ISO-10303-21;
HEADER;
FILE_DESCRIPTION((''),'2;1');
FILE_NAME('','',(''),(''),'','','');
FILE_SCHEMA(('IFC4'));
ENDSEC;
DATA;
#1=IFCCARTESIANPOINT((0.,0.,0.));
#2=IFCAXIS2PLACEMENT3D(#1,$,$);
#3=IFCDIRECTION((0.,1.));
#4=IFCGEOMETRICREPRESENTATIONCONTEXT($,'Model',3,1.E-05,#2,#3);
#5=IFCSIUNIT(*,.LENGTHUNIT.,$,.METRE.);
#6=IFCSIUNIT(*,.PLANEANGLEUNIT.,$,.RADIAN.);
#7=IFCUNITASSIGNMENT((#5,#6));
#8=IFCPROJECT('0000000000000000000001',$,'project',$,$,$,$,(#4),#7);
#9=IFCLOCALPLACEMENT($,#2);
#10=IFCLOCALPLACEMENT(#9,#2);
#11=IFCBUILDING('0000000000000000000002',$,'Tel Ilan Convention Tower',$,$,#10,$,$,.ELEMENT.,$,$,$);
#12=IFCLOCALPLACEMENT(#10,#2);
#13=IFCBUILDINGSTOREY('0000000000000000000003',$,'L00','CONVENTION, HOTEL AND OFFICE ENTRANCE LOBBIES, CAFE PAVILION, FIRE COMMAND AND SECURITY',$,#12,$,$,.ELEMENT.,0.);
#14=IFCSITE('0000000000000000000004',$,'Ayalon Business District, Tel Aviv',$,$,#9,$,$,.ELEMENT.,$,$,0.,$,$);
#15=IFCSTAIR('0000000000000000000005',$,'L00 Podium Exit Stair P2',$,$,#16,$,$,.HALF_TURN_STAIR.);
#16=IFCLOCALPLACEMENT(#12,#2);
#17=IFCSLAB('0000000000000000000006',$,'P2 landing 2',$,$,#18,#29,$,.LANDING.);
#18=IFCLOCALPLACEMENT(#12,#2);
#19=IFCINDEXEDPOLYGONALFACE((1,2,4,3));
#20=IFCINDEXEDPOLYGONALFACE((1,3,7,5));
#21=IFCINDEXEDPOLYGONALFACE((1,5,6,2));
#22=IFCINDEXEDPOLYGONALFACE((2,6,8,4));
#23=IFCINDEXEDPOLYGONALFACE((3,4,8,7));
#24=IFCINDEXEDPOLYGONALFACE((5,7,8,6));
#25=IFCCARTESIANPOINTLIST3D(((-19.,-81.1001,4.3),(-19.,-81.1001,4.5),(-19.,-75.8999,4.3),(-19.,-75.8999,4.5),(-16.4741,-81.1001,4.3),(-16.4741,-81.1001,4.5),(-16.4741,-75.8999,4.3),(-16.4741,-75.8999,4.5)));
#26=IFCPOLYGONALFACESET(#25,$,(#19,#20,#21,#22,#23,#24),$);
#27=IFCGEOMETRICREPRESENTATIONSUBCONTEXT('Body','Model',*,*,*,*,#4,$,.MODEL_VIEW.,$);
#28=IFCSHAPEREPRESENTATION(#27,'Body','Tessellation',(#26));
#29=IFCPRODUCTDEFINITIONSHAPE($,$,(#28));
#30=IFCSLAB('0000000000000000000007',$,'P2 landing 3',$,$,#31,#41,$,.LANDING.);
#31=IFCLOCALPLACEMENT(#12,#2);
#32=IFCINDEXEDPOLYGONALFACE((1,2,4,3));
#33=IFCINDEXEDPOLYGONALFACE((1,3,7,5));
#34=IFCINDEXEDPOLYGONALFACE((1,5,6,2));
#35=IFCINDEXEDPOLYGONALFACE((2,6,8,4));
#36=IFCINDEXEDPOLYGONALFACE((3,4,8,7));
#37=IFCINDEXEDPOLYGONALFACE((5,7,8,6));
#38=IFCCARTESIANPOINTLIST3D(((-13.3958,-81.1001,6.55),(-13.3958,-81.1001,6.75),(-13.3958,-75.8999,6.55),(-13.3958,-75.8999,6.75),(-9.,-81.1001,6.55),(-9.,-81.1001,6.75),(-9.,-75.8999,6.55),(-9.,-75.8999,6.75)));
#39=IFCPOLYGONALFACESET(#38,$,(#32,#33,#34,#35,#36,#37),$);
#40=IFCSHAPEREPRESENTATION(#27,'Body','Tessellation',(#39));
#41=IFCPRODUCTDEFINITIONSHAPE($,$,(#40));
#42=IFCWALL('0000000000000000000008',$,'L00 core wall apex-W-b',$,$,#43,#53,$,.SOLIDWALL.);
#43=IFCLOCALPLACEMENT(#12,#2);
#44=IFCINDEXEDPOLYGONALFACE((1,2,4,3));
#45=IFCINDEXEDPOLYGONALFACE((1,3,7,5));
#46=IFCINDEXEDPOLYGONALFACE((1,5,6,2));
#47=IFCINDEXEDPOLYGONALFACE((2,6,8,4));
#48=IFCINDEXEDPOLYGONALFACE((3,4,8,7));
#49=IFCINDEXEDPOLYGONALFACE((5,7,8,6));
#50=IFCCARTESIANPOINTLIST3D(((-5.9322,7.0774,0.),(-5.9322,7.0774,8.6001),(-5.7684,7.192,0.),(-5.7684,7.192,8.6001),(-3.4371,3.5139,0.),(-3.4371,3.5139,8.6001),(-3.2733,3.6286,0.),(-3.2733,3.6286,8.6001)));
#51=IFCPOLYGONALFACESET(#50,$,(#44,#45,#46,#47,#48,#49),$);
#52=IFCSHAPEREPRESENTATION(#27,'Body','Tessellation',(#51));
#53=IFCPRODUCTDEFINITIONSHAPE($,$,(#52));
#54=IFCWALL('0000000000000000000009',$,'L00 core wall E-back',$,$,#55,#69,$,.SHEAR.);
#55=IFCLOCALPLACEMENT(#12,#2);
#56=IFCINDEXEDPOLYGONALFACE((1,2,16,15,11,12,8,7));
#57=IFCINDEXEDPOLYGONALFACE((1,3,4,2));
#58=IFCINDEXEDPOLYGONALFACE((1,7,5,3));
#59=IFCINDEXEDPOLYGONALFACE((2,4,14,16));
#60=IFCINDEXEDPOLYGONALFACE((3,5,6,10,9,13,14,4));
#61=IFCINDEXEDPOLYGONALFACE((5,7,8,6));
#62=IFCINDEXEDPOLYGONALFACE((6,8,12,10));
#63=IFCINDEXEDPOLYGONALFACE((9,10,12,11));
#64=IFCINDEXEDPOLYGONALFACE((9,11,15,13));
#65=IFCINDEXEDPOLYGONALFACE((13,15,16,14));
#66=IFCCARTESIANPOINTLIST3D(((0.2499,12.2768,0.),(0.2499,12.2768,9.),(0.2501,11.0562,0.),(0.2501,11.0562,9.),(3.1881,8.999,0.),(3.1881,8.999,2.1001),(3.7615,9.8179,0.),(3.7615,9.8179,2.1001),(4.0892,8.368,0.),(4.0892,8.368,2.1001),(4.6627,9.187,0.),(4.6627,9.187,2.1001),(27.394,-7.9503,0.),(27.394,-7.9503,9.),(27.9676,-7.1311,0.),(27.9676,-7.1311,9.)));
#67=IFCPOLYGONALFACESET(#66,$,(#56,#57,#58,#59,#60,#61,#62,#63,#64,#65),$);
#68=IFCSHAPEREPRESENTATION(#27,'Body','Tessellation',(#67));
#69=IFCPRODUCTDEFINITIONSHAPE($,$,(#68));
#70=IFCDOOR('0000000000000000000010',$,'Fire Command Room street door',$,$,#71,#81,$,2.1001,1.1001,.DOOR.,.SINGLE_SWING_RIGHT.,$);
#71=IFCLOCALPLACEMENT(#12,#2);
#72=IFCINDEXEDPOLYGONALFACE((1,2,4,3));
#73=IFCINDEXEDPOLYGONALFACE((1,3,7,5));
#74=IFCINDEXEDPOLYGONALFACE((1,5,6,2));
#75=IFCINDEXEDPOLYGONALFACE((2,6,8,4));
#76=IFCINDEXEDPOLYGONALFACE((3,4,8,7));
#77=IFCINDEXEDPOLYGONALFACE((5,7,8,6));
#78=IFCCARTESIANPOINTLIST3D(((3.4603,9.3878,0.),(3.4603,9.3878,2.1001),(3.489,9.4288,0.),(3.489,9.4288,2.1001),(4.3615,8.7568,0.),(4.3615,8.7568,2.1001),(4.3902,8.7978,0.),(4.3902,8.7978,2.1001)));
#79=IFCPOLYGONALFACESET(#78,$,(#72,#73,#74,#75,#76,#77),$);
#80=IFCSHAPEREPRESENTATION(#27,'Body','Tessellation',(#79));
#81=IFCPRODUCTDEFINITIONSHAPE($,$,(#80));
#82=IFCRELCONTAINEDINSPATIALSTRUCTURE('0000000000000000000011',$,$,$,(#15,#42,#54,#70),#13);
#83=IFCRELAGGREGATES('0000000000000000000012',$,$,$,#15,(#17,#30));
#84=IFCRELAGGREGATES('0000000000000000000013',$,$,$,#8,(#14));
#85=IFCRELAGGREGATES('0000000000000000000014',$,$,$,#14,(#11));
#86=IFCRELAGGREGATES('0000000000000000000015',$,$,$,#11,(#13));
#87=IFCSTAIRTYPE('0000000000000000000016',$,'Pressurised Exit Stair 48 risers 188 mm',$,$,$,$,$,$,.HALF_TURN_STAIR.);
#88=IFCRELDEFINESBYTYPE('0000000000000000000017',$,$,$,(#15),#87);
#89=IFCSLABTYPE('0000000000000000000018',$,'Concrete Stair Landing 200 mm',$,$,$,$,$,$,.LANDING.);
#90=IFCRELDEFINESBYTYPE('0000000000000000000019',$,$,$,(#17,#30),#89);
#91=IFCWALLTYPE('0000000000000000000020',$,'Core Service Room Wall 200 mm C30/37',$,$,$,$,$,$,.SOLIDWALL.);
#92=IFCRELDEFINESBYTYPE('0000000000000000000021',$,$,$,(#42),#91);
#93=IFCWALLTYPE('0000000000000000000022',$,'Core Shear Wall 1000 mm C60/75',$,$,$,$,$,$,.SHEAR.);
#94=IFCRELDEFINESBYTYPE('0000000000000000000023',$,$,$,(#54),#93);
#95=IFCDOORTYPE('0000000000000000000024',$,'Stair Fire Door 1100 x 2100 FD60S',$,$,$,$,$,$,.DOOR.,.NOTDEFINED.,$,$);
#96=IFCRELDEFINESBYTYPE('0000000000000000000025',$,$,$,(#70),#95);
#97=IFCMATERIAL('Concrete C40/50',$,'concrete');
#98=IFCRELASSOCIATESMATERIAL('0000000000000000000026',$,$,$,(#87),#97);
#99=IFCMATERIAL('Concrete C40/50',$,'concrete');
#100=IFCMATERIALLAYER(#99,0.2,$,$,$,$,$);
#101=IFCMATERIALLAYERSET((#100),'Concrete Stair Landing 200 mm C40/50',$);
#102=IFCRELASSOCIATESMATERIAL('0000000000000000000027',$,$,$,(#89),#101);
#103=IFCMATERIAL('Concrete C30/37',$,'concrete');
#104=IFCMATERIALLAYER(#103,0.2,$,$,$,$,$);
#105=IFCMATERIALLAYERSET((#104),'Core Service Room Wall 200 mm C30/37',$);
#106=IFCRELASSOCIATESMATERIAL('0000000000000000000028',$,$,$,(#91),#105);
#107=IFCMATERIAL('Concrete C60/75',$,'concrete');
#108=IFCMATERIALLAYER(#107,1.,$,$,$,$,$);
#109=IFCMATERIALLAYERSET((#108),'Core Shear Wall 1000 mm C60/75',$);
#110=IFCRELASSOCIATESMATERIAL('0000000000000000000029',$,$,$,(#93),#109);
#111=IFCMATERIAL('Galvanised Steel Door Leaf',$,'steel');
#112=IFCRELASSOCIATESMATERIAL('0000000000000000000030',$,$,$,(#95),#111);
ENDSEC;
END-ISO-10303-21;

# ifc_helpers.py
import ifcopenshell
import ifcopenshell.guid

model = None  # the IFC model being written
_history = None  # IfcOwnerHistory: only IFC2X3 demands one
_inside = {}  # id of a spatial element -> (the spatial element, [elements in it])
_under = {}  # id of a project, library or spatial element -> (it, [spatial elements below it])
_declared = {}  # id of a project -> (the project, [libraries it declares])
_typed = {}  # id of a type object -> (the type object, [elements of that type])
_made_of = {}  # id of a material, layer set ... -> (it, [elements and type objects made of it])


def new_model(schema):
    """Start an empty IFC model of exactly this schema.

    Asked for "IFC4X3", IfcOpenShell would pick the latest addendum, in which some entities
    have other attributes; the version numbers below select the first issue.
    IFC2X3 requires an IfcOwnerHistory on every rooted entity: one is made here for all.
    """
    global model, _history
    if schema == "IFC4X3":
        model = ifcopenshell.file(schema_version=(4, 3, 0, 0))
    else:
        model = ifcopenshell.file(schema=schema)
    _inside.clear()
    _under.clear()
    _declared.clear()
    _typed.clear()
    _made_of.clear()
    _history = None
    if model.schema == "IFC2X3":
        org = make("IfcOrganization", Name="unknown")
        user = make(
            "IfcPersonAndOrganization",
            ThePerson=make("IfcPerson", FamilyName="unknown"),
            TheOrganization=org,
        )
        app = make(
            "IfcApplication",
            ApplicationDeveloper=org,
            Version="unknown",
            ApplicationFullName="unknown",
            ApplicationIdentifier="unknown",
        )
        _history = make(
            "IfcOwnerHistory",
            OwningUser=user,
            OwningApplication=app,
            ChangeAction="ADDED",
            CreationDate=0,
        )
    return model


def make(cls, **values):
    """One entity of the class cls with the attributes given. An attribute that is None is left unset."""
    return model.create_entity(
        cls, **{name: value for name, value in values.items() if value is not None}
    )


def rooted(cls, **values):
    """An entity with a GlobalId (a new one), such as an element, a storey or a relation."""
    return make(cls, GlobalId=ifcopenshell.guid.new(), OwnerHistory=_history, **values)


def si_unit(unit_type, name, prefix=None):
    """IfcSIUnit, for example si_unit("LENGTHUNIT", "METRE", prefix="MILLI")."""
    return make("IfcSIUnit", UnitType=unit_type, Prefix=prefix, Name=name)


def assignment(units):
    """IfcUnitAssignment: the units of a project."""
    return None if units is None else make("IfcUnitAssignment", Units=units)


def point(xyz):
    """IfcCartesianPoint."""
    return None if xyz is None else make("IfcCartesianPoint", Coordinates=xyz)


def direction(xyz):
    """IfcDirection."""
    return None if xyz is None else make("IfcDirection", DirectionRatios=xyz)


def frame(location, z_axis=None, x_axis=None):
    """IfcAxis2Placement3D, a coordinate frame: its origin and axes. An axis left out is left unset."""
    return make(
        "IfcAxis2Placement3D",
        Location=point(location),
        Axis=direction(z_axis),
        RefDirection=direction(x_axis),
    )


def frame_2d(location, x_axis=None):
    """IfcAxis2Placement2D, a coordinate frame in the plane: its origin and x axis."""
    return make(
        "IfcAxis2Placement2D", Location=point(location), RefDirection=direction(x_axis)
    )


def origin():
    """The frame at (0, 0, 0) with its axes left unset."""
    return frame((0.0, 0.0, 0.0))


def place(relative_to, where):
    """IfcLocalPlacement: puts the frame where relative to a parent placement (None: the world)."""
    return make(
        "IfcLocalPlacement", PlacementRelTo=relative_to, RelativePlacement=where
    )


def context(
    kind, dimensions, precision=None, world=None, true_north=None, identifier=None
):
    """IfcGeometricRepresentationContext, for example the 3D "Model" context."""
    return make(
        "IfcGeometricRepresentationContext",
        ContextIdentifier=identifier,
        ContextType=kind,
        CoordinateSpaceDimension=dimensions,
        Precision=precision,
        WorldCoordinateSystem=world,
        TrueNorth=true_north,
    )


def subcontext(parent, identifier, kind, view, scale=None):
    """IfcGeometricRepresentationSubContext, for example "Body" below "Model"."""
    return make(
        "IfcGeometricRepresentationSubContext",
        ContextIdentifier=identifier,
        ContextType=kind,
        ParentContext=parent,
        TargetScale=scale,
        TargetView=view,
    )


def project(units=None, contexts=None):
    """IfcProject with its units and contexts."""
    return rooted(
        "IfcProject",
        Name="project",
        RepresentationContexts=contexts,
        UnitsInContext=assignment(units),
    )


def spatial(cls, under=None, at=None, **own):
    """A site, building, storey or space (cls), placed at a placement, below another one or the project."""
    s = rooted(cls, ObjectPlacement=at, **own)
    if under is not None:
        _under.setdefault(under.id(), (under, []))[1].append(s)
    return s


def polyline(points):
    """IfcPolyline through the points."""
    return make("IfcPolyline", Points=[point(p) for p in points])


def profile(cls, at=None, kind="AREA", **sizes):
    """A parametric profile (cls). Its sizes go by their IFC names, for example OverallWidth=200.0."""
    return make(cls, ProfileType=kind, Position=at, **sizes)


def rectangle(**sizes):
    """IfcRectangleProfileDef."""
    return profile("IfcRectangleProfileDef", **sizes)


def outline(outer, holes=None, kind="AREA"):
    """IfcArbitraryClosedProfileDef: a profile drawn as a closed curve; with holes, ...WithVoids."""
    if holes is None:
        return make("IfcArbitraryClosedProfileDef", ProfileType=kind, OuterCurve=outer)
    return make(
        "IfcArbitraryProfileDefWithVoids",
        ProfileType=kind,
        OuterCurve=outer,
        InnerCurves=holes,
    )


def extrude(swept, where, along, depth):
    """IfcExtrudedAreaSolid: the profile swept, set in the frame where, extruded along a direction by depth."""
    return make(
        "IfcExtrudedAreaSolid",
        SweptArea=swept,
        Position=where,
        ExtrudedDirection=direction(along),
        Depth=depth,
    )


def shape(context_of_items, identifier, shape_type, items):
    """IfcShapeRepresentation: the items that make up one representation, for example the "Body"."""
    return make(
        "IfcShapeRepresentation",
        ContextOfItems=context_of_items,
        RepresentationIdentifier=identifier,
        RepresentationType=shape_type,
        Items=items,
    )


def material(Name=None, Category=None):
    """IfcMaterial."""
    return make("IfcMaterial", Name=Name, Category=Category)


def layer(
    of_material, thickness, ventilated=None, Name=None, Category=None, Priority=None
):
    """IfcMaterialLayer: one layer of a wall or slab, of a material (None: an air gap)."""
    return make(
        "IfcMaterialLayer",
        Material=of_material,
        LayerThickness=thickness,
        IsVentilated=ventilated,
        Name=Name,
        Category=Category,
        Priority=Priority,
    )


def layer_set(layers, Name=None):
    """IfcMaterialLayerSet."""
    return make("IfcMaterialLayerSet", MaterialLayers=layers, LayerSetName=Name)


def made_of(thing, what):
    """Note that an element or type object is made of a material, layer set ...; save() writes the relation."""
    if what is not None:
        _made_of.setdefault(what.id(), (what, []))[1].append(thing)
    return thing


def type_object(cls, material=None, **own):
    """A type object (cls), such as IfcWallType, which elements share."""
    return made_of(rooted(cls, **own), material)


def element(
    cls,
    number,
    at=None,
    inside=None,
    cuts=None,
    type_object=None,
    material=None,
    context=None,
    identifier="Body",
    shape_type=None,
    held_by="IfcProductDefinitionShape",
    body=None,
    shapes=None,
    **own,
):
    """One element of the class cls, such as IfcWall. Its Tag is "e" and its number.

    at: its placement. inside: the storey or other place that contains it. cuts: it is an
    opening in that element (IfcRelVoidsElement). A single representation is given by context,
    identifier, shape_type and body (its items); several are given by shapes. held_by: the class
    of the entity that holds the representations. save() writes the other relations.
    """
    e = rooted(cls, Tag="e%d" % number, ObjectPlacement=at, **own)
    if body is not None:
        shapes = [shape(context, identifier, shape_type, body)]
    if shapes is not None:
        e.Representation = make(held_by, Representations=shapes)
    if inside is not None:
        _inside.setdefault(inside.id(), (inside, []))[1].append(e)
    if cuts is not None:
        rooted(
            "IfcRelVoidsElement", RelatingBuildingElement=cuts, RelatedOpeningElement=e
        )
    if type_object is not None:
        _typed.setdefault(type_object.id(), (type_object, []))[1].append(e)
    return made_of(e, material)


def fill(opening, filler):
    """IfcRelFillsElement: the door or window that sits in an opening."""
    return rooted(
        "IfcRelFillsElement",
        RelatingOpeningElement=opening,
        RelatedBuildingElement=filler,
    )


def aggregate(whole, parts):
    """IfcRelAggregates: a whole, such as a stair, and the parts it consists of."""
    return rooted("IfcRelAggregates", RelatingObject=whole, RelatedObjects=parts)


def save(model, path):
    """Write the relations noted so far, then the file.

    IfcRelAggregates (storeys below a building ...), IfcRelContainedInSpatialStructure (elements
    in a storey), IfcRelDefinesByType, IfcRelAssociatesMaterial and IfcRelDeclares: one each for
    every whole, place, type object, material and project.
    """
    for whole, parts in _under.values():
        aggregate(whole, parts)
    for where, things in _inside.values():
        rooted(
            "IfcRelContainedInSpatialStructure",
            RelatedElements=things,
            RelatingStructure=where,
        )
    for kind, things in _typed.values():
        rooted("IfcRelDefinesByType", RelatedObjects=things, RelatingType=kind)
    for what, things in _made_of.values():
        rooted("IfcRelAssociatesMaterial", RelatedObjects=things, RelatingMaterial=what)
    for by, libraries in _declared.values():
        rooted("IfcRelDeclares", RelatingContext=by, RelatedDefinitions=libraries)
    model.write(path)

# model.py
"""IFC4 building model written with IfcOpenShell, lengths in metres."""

from ifc_helpers import new_model, si_unit, direction, frame, frame_2d, origin, place, context, subcontext, project, spatial, polyline, rectangle, outline, extrude, material, layer, layer_set, type_object, element, fill, aggregate, save


model = new_model("IFC4")

# Units and contexts
model_context = context("Model", 3, precision=1e-05, world=origin(), true_north=direction((0.0, 1.0)))
body_context = subcontext(model_context, "Body", "Model", "MODEL_VIEW")
ifc_project = project(units=[si_unit("LENGTHUNIT", "METRE"), si_unit("PLANEANGLEUNIT", "RADIAN")], contexts=[model_context])

# Site, building, storey
site_placement = place(None, origin())
site = spatial("IfcSite", under=ifc_project, at=site_placement, Name="Ayalon Business District, Tel Aviv", CompositionType="ELEMENT", RefElevation=0.0)
building_placement = place(site_placement, origin())
building = spatial("IfcBuilding", under=site, at=building_placement, Name="Tel Ilan Convention Tower", CompositionType="ELEMENT")
storey_placement = place(building_placement, origin())
storey = spatial("IfcBuildingStorey", under=building, at=storey_placement, Name="L00", Description="CONVENTION, HOTEL AND OFFICE ENTRANCE LOBBIES, CAFE PAVILION, FIRE COMMAND AND SECURITY", CompositionType="ELEMENT", Elevation=0.0)

# Stair, slabs
ifc_material_1 = material(Name="Concrete C40/50", Category="concrete")
stair_type = type_object("IfcStairType", Name="Pressurised Exit Stair 48 risers 188 mm", PredefinedType="HALF_TURN_STAIR", material=ifc_material_1)
stair_placement = place(storey_placement, origin())
stair = element("IfcStair", 1, at=stair_placement, inside=storey, type_object=stair_type, Name="L00 Podium Exit Stair P2", PredefinedType="HALF_TURN_STAIR")
ifc_material_2 = material(Name="Concrete C40/50", Category="concrete")
ifc_layer_1 = layer(ifc_material_2, 0.2)
ifc_layer_set_1 = layer_set([ifc_layer_1], Name="Concrete Stair Landing 200 mm C40/50")
slab_type = type_object("IfcSlabType", Name="Concrete Stair Landing 200 mm", PredefinedType="LANDING", material=ifc_layer_set_1)
slab_1_placement = place(storey_placement, frame((0.0, 0.0, 4.3)))
slab_1 = element("IfcSlab", 2, at=slab_1_placement, type_object=slab_type, Name="P2 landing 2", PredefinedType="LANDING", context=body_context, shape_type="SweptSolid", body=[
    extrude(outline(polyline([(-19.0, -81.1001), (-16.4741, -81.1001), (-16.4741, -75.8999), (-19.0, -75.8999), (-19.0, -81.1001)])), origin(), (0.0, 0.0, 1.0), 0.2),
])
slab_2_placement = place(storey_placement, frame((0.0, 0.0, 6.55)))
slab_2 = element("IfcSlab", 3, at=slab_2_placement, type_object=slab_type, Name="P2 landing 3", PredefinedType="LANDING", context=body_context, shape_type="SweptSolid", body=[
    extrude(outline(polyline([(-13.3958, -81.1001), (-9.0, -81.1001), (-9.0, -75.8999), (-13.3958, -75.8999), (-13.3958, -81.1001)])), origin(), (0.0, 0.0, 1.0), 0.2),
])
aggregate(stair, [slab_1, slab_2])

# Wall
ifc_material_3 = material(Name="Concrete C30/37", Category="concrete")
ifc_layer_2 = layer(ifc_material_3, 0.2)
ifc_layer_set_2 = layer_set([ifc_layer_2], Name="Core Service Room Wall 200 mm C30/37")
wall_type_1 = type_object("IfcWallType", Name="Core Service Room Wall 200 mm C30/37", PredefinedType="SOLIDWALL", material=ifc_layer_set_2)
wall_1_placement = place(storey_placement, frame((-3.3552, 3.5713, 0.0), z_axis=(0.0, 0.0, 1.0), x_axis=(-0.573568, 0.819158, 0.0)))
element("IfcWall", 4, at=wall_1_placement, inside=storey, type_object=wall_type_1, Name="L00 core wall apex-W-b", PredefinedType="SOLIDWALL", context=body_context, shape_type="SweptSolid", body=[
    extrude(rectangle(XDim=4.3501, YDim=0.2, at=frame_2d((2.175, 0.0))), origin(), (0.0, 0.0, 1.0), 8.6001),
])

# Wall, opening, door
ifc_material_4 = material(Name="Concrete C60/75", Category="concrete")
ifc_layer_3 = layer(ifc_material_4, 1.0)
ifc_layer_set_3 = layer_set([ifc_layer_3], Name="Core Shear Wall 1000 mm C60/75")
wall_type_2 = type_object("IfcWallType", Name="Core Shear Wall 1000 mm C60/75", PredefinedType="SHEAR", material=ifc_layer_set_3)
wall_2_placement = place(storey_placement, frame((-0.0369, 11.8672, 0.0), z_axis=(0.0, 0.0, 1.0), x_axis=(0.819155, -0.573572, 0.0)))
wall_2 = element("IfcWall", 5, at=wall_2_placement, inside=storey, type_object=wall_type_2, Name="L00 core wall E-back", PredefinedType="SHEAR", context=body_context, shape_type="SweptSolid", body=[
    extrude(outline(polyline([(33.8369, 0.5), (0.0, 0.5), (0.7002, -0.4998), (33.8369, -0.5), (33.8369, 0.5)])), origin(), (0.0, 0.0, 1.0), 9.0),
])
opening_1_placement = place(wall_2_placement, frame((4.2869, 0.0, 0.0)))
opening_1 = element("IfcOpeningElement", 6, at=opening_1_placement, cuts=wall_2, PredefinedType="OPENING", context=body_context, shape_type="SweptSolid", body=[
    extrude(rectangle(XDim=1.1001, YDim=2.1001, at=frame_2d((0.55, 1.05))), frame((0.0, 0.51, 0.0), z_axis=(0.0, -1.0, 0.0), x_axis=(1.0, 0.0, 0.0)), (0.0, 0.0, 1.0), 1.02),
])
ifc_material_5 = material(Name="Galvanised Steel Door Leaf", Category="steel")
door_type_1 = type_object("IfcDoorType", Name="Stair Fire Door 1100 x 2100 FD60S", OperationType="NOTDEFINED", PredefinedType="DOOR", material=ifc_material_5)
door_1_placement = place(opening_1_placement, origin())
door_1 = element("IfcDoor", 7, at=door_1_placement, inside=storey, type_object=door_type_1, Name="Fire Command Room street door", OperationType="SINGLE_SWING_RIGHT", OverallHeight=2.1001, OverallWidth=1.1001, PredefinedType="DOOR", context=body_context, shape_type="SweptSolid", body=[
    extrude(rectangle(XDim=1.1001, YDim=2.1001, at=frame_2d((0.55, 1.05))), frame((0.0, 0.0249, 0.0), z_axis=(0.0, -1.0, 0.0), x_axis=(1.0, 0.0, 0.0)), (0.0, 0.0, 1.0), 0.05),
])
fill(opening_1, door_1)

save(model, "model.ifc")
